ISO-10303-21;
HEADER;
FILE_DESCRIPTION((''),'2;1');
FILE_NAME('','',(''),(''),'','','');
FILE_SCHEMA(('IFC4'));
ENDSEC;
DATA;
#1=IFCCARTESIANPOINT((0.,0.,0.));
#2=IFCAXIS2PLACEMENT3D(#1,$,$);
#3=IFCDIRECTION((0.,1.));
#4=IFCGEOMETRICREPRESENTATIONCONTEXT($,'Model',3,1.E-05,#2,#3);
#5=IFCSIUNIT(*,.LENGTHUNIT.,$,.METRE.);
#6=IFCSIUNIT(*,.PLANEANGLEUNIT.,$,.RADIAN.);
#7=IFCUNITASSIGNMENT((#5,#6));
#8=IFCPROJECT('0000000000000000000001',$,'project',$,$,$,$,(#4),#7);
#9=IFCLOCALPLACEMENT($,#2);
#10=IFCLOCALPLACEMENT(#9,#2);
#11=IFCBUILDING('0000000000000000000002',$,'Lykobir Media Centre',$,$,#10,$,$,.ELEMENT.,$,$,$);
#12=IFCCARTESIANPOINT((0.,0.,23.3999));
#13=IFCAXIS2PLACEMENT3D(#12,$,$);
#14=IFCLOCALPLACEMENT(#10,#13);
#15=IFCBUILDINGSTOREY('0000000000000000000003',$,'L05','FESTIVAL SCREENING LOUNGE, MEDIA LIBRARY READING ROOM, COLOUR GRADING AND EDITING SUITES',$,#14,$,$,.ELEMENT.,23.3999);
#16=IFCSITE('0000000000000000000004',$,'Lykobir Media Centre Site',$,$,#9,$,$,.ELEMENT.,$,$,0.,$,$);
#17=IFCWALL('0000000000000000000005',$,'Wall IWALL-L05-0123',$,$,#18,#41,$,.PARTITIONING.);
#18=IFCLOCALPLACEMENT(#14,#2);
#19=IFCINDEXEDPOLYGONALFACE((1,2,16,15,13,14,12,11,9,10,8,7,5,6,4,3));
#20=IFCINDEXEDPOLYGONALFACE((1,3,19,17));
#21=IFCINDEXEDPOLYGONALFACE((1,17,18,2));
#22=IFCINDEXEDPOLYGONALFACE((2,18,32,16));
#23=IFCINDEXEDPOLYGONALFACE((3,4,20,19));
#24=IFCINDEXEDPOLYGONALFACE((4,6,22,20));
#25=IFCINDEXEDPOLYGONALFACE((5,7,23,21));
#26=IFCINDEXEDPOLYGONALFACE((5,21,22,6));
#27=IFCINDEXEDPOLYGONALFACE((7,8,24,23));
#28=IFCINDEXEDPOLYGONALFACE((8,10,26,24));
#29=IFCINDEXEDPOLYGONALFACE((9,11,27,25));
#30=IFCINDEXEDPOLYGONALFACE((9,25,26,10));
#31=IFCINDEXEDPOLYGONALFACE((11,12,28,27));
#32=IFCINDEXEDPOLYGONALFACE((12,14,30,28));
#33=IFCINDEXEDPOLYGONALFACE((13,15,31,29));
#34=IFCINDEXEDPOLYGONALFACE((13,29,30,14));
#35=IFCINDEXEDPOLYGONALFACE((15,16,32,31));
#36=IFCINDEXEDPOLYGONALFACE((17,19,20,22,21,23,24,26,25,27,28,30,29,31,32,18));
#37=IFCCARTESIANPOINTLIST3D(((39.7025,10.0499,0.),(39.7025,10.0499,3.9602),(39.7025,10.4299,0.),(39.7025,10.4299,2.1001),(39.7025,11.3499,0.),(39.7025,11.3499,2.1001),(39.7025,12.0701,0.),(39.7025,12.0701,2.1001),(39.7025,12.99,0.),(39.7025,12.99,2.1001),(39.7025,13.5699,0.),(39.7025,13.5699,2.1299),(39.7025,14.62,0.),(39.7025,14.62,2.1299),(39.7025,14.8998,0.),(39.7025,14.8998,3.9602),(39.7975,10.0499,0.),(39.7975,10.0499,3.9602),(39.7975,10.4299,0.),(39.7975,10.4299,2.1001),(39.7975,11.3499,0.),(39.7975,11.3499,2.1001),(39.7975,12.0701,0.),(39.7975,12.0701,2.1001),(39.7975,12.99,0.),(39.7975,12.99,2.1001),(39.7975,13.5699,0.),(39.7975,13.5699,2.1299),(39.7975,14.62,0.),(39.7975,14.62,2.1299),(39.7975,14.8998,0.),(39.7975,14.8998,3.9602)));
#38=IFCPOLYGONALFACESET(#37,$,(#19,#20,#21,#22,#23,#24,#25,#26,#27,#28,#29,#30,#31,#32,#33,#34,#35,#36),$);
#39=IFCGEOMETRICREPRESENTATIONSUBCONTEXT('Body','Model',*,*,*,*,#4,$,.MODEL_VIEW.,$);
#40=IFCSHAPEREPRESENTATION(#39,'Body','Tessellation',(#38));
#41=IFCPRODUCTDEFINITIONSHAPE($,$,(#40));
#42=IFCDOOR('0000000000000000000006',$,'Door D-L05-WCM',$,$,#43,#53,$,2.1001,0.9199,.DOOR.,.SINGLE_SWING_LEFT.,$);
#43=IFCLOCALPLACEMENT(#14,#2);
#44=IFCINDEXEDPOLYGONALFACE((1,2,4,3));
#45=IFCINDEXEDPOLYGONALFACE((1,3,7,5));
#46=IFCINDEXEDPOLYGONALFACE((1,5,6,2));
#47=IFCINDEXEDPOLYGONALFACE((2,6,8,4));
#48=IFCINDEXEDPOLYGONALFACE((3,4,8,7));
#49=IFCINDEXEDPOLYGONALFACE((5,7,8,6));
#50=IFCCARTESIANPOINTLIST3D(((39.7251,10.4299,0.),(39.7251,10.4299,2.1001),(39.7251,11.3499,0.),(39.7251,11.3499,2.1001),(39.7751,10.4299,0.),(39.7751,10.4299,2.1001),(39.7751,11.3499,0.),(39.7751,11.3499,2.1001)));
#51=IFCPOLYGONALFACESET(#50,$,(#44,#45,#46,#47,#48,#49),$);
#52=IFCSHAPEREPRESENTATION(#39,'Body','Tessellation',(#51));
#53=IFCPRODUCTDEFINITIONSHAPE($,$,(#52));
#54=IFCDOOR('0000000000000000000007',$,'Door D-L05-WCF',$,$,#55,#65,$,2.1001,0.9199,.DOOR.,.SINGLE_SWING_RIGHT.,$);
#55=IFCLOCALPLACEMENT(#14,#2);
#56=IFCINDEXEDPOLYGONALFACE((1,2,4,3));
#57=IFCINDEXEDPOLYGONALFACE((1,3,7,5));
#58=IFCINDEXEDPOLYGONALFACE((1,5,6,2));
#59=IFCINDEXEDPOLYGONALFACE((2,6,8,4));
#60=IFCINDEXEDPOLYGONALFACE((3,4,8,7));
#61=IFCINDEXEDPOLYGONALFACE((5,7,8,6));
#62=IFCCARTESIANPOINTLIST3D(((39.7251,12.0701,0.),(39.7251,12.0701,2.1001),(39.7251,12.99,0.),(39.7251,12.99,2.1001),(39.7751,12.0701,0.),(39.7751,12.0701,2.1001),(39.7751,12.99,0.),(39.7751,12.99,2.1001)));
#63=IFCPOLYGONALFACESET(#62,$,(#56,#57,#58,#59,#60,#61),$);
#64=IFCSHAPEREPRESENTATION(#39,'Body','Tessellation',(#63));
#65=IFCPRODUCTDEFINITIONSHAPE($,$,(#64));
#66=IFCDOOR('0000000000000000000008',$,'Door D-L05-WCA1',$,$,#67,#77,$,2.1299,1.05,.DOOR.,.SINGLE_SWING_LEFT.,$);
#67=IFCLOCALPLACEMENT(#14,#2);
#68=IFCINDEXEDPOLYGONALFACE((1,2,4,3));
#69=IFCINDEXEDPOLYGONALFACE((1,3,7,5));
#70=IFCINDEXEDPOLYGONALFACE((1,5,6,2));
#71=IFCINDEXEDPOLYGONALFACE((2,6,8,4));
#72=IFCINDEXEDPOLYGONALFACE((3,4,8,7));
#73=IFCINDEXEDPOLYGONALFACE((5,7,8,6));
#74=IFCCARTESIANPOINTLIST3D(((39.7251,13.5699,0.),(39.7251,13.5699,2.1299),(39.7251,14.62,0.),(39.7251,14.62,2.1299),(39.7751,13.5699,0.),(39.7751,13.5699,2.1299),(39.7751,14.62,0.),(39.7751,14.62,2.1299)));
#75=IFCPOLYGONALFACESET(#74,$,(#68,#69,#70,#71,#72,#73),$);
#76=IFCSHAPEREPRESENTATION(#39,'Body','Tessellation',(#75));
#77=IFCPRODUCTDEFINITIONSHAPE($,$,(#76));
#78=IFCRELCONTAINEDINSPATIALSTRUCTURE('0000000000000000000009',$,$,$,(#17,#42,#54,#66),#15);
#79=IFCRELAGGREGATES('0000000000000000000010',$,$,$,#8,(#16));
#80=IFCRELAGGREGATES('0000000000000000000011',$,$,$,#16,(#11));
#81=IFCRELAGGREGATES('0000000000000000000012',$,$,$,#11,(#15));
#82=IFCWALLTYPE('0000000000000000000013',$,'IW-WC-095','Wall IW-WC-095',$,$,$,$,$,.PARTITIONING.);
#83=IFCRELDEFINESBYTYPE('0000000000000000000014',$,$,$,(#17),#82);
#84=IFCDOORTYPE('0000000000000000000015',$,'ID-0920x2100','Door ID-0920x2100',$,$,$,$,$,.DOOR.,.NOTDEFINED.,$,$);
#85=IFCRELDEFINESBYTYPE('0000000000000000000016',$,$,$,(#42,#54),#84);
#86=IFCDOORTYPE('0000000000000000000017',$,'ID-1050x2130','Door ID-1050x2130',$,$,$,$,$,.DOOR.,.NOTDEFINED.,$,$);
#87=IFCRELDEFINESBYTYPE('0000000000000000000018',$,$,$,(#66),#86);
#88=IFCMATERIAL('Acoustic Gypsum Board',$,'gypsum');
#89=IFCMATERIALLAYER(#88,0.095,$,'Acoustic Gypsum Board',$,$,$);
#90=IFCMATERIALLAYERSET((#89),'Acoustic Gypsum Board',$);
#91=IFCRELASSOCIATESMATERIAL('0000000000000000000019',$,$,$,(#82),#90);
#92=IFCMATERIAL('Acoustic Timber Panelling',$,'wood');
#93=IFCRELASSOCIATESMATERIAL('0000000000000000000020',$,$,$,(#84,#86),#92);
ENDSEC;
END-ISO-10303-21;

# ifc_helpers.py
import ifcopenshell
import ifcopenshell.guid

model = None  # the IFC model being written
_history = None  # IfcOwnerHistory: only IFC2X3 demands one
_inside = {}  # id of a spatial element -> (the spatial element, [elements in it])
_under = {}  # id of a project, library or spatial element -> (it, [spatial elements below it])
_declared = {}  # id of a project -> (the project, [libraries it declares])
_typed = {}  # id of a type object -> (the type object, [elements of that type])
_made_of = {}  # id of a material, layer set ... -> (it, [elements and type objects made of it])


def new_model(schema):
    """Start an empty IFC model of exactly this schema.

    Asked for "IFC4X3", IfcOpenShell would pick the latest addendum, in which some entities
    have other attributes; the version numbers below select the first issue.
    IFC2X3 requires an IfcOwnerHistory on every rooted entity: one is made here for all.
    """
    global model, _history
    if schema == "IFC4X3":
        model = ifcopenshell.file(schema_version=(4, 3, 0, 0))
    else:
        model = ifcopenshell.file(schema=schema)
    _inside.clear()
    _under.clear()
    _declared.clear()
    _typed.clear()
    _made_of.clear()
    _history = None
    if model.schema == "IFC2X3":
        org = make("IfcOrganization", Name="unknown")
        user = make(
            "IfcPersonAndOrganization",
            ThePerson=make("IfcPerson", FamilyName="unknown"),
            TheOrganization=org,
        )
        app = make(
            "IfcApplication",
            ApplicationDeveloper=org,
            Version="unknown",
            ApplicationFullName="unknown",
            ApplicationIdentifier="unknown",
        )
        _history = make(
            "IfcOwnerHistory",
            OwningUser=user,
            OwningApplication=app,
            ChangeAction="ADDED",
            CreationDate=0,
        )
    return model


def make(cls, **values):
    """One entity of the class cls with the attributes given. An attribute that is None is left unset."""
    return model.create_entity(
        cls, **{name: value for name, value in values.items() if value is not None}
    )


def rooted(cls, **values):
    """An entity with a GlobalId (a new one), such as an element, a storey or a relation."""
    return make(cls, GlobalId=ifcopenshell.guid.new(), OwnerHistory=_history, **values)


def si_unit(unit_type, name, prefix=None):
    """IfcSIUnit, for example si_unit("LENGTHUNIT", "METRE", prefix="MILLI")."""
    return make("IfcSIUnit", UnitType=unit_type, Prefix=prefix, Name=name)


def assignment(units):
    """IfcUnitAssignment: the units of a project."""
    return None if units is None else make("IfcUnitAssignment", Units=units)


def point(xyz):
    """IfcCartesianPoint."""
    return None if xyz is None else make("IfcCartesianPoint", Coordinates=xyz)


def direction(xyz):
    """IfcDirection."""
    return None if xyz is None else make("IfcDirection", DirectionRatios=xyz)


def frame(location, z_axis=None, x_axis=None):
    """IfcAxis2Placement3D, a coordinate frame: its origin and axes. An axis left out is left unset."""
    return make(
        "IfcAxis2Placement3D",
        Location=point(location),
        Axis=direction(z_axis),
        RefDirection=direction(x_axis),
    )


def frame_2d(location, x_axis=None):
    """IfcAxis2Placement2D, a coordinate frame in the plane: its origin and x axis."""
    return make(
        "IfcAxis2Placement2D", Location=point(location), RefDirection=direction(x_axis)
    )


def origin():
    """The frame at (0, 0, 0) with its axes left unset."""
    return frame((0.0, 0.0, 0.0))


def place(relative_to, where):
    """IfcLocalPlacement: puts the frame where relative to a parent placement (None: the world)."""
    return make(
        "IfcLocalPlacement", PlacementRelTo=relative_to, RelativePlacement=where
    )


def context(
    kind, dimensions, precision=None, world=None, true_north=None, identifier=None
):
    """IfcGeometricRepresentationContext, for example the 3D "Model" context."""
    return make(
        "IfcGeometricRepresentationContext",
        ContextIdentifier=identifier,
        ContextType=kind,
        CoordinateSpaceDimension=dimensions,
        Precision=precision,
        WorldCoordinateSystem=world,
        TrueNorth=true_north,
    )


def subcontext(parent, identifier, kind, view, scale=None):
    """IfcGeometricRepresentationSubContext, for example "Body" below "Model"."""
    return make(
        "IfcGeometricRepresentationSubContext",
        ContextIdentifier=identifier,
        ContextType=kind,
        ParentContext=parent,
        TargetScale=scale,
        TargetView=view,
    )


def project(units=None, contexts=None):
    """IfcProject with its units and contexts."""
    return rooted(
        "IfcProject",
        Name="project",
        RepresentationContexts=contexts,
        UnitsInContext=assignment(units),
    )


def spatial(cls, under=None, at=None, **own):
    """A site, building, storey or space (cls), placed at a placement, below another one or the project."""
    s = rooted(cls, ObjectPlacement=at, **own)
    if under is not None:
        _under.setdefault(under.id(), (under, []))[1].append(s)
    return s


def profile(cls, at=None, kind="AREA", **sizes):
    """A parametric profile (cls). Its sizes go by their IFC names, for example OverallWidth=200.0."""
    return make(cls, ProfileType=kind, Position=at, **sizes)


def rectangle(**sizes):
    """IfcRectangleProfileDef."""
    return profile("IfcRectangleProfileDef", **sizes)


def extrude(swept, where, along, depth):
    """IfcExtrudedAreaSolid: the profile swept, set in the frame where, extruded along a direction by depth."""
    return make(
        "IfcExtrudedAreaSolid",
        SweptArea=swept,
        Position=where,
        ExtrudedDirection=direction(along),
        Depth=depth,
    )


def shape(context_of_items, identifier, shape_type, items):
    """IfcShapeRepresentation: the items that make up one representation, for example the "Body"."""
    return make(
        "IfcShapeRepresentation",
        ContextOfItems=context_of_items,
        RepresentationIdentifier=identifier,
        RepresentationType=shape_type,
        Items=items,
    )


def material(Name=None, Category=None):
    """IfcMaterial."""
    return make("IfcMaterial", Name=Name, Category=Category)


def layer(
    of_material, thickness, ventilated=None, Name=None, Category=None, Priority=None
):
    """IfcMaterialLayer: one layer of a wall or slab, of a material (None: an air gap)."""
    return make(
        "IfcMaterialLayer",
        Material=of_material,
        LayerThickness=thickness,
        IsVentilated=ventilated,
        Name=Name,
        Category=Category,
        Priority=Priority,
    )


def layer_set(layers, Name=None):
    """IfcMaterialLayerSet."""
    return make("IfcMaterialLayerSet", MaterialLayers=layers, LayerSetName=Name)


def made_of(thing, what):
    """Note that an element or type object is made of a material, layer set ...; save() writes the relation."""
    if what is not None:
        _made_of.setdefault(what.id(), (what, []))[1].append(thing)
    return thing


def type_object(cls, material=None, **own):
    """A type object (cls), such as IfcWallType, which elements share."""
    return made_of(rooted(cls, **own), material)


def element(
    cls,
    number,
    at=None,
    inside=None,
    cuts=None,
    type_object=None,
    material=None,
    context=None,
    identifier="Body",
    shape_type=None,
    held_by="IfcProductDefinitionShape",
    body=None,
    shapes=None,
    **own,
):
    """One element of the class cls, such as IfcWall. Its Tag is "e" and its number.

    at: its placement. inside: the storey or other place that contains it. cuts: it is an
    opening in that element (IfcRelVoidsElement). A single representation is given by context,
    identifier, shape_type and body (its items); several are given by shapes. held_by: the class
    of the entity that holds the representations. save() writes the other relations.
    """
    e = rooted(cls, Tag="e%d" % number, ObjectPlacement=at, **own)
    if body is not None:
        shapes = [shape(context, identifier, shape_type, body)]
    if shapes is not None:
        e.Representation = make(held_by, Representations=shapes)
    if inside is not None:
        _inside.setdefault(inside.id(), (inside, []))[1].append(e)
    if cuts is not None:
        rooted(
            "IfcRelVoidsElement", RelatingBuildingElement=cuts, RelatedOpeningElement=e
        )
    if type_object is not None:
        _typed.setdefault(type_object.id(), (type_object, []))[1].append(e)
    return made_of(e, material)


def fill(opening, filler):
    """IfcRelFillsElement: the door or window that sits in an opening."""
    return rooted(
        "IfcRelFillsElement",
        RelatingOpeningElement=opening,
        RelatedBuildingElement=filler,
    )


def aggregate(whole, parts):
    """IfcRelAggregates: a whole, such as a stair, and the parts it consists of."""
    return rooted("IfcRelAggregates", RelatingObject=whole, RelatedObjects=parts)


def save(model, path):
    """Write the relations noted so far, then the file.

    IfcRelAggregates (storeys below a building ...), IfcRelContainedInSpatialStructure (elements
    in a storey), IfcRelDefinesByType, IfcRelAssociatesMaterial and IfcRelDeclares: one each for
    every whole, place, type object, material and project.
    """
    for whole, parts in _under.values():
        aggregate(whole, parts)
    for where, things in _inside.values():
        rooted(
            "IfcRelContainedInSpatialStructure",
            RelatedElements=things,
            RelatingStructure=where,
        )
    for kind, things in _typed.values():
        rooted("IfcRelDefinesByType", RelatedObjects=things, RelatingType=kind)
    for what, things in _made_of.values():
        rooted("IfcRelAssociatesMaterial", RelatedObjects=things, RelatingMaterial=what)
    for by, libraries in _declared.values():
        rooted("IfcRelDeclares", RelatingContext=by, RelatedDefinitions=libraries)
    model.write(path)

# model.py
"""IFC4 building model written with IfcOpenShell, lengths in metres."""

from ifc_helpers import new_model, si_unit, direction, frame, frame_2d, origin, place, context, subcontext, project, spatial, rectangle, extrude, material, layer, layer_set, type_object, element, fill, save


model = new_model("IFC4")

# Units and contexts
model_context = context("Model", 3, precision=1e-05, world=origin(), true_north=direction((0.0, 1.0)))
body_context = subcontext(model_context, "Body", "Model", "MODEL_VIEW")
ifc_project = project(units=[si_unit("LENGTHUNIT", "METRE"), si_unit("PLANEANGLEUNIT", "RADIAN")], contexts=[model_context])

# Site, building, storey
site_placement = place(None, origin())
site = spatial("IfcSite", under=ifc_project, at=site_placement, Name="Lykobir Media Centre Site", CompositionType="ELEMENT", RefElevation=0.0)
building_placement = place(site_placement, origin())
building = spatial("IfcBuilding", under=site, at=building_placement, Name="Lykobir Media Centre", CompositionType="ELEMENT")
storey_placement = place(building_placement, frame((0.0, 0.0, 23.3999)))
storey = spatial("IfcBuildingStorey", under=building, at=storey_placement, Name="L05", Description="FESTIVAL SCREENING LOUNGE, MEDIA LIBRARY READING ROOM, COLOUR GRADING AND EDITING SUITES", CompositionType="ELEMENT", Elevation=23.3999)

# Shared definitions
ifc_material_1 = material(Name="Acoustic Gypsum Board", Category="gypsum")
ifc_material_2 = material(Name="Acoustic Timber Panelling", Category="wood")

# Wall, openings, doors
ifc_layer_1 = layer(ifc_material_1, 0.095, Name="Acoustic Gypsum Board")
ifc_layer_set_1 = layer_set([ifc_layer_1], Name="Acoustic Gypsum Board")
wall_type_1 = type_object("IfcWallType", Name="IW-WC-095", Description="Wall IW-WC-095", PredefinedType="PARTITIONING", material=ifc_layer_set_1)
wall_1_placement = place(storey_placement, frame((39.75, 10.05, 0.0), z_axis=(0.0, 0.0, 1.0), x_axis=(0.0, 1.0, 0.0)))
wall_1 = element("IfcWall", 1, at=wall_1_placement, inside=storey, type_object=wall_type_1, Name="Wall IWALL-L05-0123", PredefinedType="PARTITIONING", context=body_context, shape_type="SweptSolid", body=[
    extrude(rectangle(XDim=4.8499, YDim=0.095, at=frame_2d((2.4248, 0.0))), origin(), (0.0, 0.0, 1.0), 3.9602),
])
opening_1_placement = place(wall_1_placement, frame((0.3799, 0.0, 0.0)))
opening_1 = element("IfcOpeningElement", 2, at=opening_1_placement, cuts=wall_1, PredefinedType="OPENING", context=body_context, shape_type="SweptSolid", body=[
    extrude(rectangle(XDim=0.9199, YDim=2.1001, at=frame_2d((0.46, 1.05))), frame((0.0, 0.0574, 0.0), z_axis=(0.0, -1.0, 0.0), x_axis=(1.0, 0.0, 0.0)), (0.0, 0.0, 1.0), 0.115),
])
opening_2_placement = place(wall_1_placement, frame((2.02, 0.0, 0.0)))
opening_2 = element("IfcOpeningElement", 3, at=opening_2_placement, cuts=wall_1, PredefinedType="OPENING", context=body_context, shape_type="SweptSolid", body=[
    extrude(rectangle(XDim=0.9199, YDim=2.1001, at=frame_2d((0.46, 1.05))), frame((0.0, 0.0574, 0.0), z_axis=(0.0, -1.0, 0.0), x_axis=(1.0, 0.0, 0.0)), (0.0, 0.0, 1.0), 0.115),
])
opening_3_placement = place(wall_1_placement, frame((3.52, 0.0, 0.0)))
opening_3 = element("IfcOpeningElement", 4, at=opening_3_placement, cuts=wall_1, PredefinedType="OPENING", context=body_context, shape_type="SweptSolid", body=[
    extrude(rectangle(XDim=1.05, YDim=2.1299, at=frame_2d((0.5249, 1.0649))), frame((0.0, 0.0574, 0.0), z_axis=(0.0, -1.0, 0.0), x_axis=(1.0, 0.0, 0.0)), (0.0, 0.0, 1.0), 0.115),
])
door_type_1 = type_object("IfcDoorType", Name="ID-0920x2100", Description="Door ID-0920x2100", OperationType="NOTDEFINED", PredefinedType="DOOR", material=ifc_material_2)
door_1_placement = place(opening_1_placement, origin())
door_1 = element("IfcDoor", 5, at=door_1_placement, inside=storey, type_object=door_type_1, Name="Door D-L05-WCM", OperationType="SINGLE_SWING_LEFT", OverallHeight=2.1001, OverallWidth=0.9199, PredefinedType="DOOR", context=body_context, shape_type="SweptSolid", body=[
    extrude(rectangle(XDim=0.9199, YDim=2.1001, at=frame_2d((0.46, 1.05))), frame((0.0, 0.0249, 0.0), z_axis=(0.0, -1.0, 0.0), x_axis=(1.0, 0.0, 0.0)), (0.0, 0.0, 1.0), 0.05),
])
fill(opening_1, door_1)
door_2_placement = place(opening_2_placement, origin())
door_2 = element("IfcDoor", 6, at=door_2_placement, inside=storey, type_object=door_type_1, Name="Door D-L05-WCF", OperationType="SINGLE_SWING_RIGHT", OverallHeight=2.1001, OverallWidth=0.9199, PredefinedType="DOOR", context=body_context, shape_type="SweptSolid", body=[
    extrude(rectangle(XDim=0.9199, YDim=2.1001, at=frame_2d((0.46, 1.05))), frame((0.0, 0.0249, 0.0), z_axis=(0.0, -1.0, 0.0), x_axis=(1.0, 0.0, 0.0)), (0.0, 0.0, 1.0), 0.05),
])
fill(opening_2, door_2)
door_type_2 = type_object("IfcDoorType", Name="ID-1050x2130", Description="Door ID-1050x2130", OperationType="NOTDEFINED", PredefinedType="DOOR", material=ifc_material_2)
door_3_placement = place(opening_3_placement, origin())
door_3 = element("IfcDoor", 7, at=door_3_placement, inside=storey, type_object=door_type_2, Name="Door D-L05-WCA1", OperationType="SINGLE_SWING_LEFT", OverallHeight=2.1299, OverallWidth=1.05, PredefinedType="DOOR", context=body_context, shape_type="SweptSolid", body=[
    extrude(rectangle(XDim=1.05, YDim=2.1299, at=frame_2d((0.5249, 1.0649))), frame((0.0, 0.0249, 0.0), z_axis=(0.0, -1.0, 0.0), x_axis=(1.0, 0.0, 0.0)), (0.0, 0.0, 1.0), 0.05),
])
fill(opening_3, door_3)

save(model, "model.ifc")
